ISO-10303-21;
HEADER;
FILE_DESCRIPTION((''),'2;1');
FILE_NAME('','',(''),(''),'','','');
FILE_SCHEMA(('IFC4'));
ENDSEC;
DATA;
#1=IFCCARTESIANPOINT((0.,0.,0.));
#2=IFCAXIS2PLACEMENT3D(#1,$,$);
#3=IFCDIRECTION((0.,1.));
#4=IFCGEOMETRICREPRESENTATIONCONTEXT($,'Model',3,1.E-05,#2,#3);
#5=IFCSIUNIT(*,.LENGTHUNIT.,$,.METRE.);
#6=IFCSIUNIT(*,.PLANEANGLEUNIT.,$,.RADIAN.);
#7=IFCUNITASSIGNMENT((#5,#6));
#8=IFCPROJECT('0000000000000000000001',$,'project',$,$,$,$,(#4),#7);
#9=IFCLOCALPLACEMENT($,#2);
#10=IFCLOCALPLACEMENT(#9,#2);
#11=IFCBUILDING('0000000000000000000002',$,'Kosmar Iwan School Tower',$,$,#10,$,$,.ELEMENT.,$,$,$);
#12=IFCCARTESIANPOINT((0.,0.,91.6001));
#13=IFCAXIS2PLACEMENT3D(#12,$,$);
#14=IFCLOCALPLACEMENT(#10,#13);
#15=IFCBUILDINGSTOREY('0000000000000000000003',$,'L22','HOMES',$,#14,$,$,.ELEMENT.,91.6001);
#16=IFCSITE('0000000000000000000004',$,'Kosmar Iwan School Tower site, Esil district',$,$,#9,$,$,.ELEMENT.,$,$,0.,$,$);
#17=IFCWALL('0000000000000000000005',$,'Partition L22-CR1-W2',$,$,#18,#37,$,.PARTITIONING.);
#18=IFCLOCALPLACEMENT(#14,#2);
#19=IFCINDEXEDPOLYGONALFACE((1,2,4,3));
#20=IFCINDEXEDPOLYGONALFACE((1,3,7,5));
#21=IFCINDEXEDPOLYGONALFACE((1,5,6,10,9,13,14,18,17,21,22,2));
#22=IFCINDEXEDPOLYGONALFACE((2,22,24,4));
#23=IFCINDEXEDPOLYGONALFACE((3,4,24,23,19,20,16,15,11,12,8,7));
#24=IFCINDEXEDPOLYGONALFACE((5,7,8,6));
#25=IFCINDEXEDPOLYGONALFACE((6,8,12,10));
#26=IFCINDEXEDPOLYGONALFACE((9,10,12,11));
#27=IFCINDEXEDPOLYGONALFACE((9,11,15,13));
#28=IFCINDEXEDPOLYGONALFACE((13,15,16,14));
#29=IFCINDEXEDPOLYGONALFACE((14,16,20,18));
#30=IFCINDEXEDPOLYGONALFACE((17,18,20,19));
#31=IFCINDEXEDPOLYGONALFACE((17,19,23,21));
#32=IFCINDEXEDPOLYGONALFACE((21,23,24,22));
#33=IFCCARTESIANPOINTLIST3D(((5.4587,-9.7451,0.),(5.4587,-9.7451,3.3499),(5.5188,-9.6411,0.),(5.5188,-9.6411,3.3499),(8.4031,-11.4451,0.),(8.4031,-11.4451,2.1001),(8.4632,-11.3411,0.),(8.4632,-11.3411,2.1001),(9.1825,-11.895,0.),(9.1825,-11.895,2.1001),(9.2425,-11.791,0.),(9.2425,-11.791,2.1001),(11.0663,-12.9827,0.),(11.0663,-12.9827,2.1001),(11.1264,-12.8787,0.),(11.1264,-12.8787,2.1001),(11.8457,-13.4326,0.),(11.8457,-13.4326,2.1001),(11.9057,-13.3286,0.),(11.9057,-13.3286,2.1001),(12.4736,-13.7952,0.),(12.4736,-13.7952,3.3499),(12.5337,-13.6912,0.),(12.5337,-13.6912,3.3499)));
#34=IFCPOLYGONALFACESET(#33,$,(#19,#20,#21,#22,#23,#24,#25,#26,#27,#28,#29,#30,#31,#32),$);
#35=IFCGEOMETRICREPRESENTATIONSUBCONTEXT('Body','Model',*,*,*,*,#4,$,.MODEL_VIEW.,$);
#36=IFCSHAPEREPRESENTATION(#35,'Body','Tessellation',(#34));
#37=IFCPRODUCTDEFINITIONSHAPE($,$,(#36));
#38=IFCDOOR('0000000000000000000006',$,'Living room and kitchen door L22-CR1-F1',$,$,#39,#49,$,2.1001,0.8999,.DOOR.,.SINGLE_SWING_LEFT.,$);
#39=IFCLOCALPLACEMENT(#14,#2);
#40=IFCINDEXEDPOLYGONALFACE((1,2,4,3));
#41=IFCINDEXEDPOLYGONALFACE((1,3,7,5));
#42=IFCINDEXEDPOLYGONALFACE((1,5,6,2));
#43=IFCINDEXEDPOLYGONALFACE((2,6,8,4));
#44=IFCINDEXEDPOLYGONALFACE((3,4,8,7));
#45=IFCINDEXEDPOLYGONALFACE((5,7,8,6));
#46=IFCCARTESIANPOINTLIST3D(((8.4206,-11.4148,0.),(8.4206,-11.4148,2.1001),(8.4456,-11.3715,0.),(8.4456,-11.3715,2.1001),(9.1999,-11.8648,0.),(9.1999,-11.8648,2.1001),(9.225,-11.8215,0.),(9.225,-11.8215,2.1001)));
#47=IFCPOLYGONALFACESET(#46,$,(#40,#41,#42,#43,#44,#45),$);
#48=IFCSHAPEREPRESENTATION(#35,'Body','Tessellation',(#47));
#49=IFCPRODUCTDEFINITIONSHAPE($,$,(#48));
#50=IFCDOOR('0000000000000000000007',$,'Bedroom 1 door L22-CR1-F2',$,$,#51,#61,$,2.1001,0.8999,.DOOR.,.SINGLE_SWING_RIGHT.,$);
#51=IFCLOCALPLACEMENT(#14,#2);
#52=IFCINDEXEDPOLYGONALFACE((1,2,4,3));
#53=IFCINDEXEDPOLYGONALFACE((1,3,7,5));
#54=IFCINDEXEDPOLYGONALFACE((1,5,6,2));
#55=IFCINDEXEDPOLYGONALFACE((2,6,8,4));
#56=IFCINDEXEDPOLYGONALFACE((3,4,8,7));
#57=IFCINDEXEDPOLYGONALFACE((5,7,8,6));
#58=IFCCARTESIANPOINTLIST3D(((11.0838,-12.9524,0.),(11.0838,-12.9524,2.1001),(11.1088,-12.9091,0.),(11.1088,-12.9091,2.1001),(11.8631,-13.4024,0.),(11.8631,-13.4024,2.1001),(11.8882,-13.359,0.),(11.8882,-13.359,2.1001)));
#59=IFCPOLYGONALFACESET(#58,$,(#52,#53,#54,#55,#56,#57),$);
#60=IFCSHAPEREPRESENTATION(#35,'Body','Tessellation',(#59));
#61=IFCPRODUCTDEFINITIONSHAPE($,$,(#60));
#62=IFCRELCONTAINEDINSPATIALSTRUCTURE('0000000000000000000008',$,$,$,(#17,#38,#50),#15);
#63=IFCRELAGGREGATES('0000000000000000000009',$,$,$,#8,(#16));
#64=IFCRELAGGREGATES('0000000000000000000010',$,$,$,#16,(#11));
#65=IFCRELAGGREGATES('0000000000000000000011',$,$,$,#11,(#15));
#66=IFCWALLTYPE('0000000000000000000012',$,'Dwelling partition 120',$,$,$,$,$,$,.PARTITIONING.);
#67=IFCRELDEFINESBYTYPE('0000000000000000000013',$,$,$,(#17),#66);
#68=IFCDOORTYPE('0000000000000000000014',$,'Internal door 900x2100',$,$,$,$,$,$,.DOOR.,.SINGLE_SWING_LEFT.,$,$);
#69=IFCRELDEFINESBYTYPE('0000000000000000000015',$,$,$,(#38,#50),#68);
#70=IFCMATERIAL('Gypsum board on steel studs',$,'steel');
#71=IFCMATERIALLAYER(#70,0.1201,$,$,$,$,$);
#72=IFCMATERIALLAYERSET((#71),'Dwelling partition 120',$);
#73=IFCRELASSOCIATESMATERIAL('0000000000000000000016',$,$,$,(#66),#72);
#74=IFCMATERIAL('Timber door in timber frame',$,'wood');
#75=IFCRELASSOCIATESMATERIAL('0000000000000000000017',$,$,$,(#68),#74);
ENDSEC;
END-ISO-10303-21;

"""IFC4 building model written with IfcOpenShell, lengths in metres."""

from ifc_helpers import new_model, si_unit, direction, frame, frame_2d, origin, place, context, subcontext, project, spatial, rectangle, extrude, material, layer, layer_set, type_object, element, fill, save


model = new_model("IFC4")

# Units and contexts
model_context = context("Model", 3, precision=1e-05, world=origin(), true_north=direction((0.0, 1.0)))
body_context = subcontext(model_context, "Body", "Model", "MODEL_VIEW")
ifc_project = project(units=[si_unit("LENGTHUNIT", "METRE"), si_unit("PLANEANGLEUNIT", "RADIAN")], contexts=[model_context])

# Site, building, storey
site_placement = place(None, origin())
site = spatial("IfcSite", under=ifc_project, at=site_placement, Name="Kosmar Iwan School Tower site, Esil district", CompositionType="ELEMENT", RefElevation=0.0)
building_placement = place(site_placement, origin())
building = spatial("IfcBuilding", under=site, at=building_placement, Name="Kosmar Iwan School Tower", CompositionType="ELEMENT")
storey_placement = place(building_placement, frame((0.0, 0.0, 91.6001)))
storey = spatial("IfcBuildingStorey", under=building, at=storey_placement, Name="L22", Description="HOMES", CompositionType="ELEMENT", Elevation=91.6001)

# Wall, openings, doors
ifc_material_1 = material(Name="Gypsum board on steel studs", Category="steel")
ifc_layer_1 = layer(ifc_material_1, 0.1201)
ifc_layer_set_1 = layer_set([ifc_layer_1], Name="Dwelling partition 120")
wall_type_1 = type_object("IfcWallType", Name="Dwelling partition 120", PredefinedType="PARTITIONING", material=ifc_layer_set_1)
wall_1_placement = place(storey_placement, frame((5.4888, -9.6931, 0.0), z_axis=(0.0, 0.0, 1.0), x_axis=(0.866025, -0.5, 0.0)))
wall_1 = element("IfcWall", 1, at=wall_1_placement, inside=storey, type_object=wall_type_1, Name="Partition L22-CR1-W2", PredefinedType="PARTITIONING", context=body_context, shape_type="SweptSolid", body=[
    extrude(rectangle(XDim=8.1001, YDim=0.1201, at=frame_2d((4.05, 0.0))), origin(), (0.0, 0.0, 1.0), 3.3499),
])
opening_1_placement = place(wall_1_placement, frame((3.3999, 0.0, 0.0)))
opening_1 = element("IfcOpeningElement", 2, at=opening_1_placement, cuts=wall_1, PredefinedType="OPENING", context=body_context, shape_type="SweptSolid", body=[
    extrude(rectangle(XDim=0.8999, YDim=2.1001, at=frame_2d((0.45, 1.05))), frame((0.0, 0.072, 0.0), z_axis=(0.0, -1.0, 0.0), x_axis=(1.0, 0.0, 0.0)), (0.0, 0.0, 1.0), 0.144),
])
opening_2_placement = place(wall_1_placement, frame((6.4751, 0.0, 0.0)))
opening_2 = element("IfcOpeningElement", 3, at=opening_2_placement, cuts=wall_1, PredefinedType="OPENING", context=body_context, shape_type="SweptSolid", body=[
    extrude(rectangle(XDim=0.8999, YDim=2.1001, at=frame_2d((0.45, 1.05))), frame((0.0, 0.072, 0.0), z_axis=(0.0, -1.0, 0.0), x_axis=(1.0, 0.0, 0.0)), (0.0, 0.0, 1.0), 0.144),
])
ifc_material_2 = material(Name="Timber door in timber frame", Category="wood")
door_type = type_object("IfcDoorType", Name="Internal door 900x2100", OperationType="SINGLE_SWING_LEFT", PredefinedType="DOOR", material=ifc_material_2)
door_1_placement = place(opening_1_placement, origin())
door_1 = element("IfcDoor", 4, at=door_1_placement, inside=storey, type_object=door_type, Name="Living room and kitchen door L22-CR1-F1", OperationType="SINGLE_SWING_LEFT", OverallHeight=2.1001, OverallWidth=0.8999, PredefinedType="DOOR", context=body_context, shape_type="SweptSolid", body=[
    extrude(rectangle(XDim=0.8999, YDim=2.1001, at=frame_2d((0.45, 1.05))), frame((0.0, 0.0249, 0.0), z_axis=(0.0, -1.0, 0.0), x_axis=(1.0, 0.0, 0.0)), (0.0, 0.0, 1.0), 0.05),
])
fill(opening_1, door_1)
door_2_placement = place(opening_2_placement, origin())
door_2 = element("IfcDoor", 5, at=door_2_placement, inside=storey, type_object=door_type, Name="Bedroom 1 door L22-CR1-F2", OperationType="SINGLE_SWING_RIGHT", OverallHeight=2.1001, OverallWidth=0.8999, PredefinedType="DOOR", context=body_context, shape_type="SweptSolid", body=[
    extrude(rectangle(XDim=0.8999, YDim=2.1001, at=frame_2d((0.45, 1.05))), frame((0.0, 0.0249, 0.0), z_axis=(0.0, -1.0, 0.0), x_axis=(1.0, 0.0, 0.0)), (0.0, 0.0, 1.0), 0.05),
])
fill(opening_2, door_2)

save(model, "model.ifc")
